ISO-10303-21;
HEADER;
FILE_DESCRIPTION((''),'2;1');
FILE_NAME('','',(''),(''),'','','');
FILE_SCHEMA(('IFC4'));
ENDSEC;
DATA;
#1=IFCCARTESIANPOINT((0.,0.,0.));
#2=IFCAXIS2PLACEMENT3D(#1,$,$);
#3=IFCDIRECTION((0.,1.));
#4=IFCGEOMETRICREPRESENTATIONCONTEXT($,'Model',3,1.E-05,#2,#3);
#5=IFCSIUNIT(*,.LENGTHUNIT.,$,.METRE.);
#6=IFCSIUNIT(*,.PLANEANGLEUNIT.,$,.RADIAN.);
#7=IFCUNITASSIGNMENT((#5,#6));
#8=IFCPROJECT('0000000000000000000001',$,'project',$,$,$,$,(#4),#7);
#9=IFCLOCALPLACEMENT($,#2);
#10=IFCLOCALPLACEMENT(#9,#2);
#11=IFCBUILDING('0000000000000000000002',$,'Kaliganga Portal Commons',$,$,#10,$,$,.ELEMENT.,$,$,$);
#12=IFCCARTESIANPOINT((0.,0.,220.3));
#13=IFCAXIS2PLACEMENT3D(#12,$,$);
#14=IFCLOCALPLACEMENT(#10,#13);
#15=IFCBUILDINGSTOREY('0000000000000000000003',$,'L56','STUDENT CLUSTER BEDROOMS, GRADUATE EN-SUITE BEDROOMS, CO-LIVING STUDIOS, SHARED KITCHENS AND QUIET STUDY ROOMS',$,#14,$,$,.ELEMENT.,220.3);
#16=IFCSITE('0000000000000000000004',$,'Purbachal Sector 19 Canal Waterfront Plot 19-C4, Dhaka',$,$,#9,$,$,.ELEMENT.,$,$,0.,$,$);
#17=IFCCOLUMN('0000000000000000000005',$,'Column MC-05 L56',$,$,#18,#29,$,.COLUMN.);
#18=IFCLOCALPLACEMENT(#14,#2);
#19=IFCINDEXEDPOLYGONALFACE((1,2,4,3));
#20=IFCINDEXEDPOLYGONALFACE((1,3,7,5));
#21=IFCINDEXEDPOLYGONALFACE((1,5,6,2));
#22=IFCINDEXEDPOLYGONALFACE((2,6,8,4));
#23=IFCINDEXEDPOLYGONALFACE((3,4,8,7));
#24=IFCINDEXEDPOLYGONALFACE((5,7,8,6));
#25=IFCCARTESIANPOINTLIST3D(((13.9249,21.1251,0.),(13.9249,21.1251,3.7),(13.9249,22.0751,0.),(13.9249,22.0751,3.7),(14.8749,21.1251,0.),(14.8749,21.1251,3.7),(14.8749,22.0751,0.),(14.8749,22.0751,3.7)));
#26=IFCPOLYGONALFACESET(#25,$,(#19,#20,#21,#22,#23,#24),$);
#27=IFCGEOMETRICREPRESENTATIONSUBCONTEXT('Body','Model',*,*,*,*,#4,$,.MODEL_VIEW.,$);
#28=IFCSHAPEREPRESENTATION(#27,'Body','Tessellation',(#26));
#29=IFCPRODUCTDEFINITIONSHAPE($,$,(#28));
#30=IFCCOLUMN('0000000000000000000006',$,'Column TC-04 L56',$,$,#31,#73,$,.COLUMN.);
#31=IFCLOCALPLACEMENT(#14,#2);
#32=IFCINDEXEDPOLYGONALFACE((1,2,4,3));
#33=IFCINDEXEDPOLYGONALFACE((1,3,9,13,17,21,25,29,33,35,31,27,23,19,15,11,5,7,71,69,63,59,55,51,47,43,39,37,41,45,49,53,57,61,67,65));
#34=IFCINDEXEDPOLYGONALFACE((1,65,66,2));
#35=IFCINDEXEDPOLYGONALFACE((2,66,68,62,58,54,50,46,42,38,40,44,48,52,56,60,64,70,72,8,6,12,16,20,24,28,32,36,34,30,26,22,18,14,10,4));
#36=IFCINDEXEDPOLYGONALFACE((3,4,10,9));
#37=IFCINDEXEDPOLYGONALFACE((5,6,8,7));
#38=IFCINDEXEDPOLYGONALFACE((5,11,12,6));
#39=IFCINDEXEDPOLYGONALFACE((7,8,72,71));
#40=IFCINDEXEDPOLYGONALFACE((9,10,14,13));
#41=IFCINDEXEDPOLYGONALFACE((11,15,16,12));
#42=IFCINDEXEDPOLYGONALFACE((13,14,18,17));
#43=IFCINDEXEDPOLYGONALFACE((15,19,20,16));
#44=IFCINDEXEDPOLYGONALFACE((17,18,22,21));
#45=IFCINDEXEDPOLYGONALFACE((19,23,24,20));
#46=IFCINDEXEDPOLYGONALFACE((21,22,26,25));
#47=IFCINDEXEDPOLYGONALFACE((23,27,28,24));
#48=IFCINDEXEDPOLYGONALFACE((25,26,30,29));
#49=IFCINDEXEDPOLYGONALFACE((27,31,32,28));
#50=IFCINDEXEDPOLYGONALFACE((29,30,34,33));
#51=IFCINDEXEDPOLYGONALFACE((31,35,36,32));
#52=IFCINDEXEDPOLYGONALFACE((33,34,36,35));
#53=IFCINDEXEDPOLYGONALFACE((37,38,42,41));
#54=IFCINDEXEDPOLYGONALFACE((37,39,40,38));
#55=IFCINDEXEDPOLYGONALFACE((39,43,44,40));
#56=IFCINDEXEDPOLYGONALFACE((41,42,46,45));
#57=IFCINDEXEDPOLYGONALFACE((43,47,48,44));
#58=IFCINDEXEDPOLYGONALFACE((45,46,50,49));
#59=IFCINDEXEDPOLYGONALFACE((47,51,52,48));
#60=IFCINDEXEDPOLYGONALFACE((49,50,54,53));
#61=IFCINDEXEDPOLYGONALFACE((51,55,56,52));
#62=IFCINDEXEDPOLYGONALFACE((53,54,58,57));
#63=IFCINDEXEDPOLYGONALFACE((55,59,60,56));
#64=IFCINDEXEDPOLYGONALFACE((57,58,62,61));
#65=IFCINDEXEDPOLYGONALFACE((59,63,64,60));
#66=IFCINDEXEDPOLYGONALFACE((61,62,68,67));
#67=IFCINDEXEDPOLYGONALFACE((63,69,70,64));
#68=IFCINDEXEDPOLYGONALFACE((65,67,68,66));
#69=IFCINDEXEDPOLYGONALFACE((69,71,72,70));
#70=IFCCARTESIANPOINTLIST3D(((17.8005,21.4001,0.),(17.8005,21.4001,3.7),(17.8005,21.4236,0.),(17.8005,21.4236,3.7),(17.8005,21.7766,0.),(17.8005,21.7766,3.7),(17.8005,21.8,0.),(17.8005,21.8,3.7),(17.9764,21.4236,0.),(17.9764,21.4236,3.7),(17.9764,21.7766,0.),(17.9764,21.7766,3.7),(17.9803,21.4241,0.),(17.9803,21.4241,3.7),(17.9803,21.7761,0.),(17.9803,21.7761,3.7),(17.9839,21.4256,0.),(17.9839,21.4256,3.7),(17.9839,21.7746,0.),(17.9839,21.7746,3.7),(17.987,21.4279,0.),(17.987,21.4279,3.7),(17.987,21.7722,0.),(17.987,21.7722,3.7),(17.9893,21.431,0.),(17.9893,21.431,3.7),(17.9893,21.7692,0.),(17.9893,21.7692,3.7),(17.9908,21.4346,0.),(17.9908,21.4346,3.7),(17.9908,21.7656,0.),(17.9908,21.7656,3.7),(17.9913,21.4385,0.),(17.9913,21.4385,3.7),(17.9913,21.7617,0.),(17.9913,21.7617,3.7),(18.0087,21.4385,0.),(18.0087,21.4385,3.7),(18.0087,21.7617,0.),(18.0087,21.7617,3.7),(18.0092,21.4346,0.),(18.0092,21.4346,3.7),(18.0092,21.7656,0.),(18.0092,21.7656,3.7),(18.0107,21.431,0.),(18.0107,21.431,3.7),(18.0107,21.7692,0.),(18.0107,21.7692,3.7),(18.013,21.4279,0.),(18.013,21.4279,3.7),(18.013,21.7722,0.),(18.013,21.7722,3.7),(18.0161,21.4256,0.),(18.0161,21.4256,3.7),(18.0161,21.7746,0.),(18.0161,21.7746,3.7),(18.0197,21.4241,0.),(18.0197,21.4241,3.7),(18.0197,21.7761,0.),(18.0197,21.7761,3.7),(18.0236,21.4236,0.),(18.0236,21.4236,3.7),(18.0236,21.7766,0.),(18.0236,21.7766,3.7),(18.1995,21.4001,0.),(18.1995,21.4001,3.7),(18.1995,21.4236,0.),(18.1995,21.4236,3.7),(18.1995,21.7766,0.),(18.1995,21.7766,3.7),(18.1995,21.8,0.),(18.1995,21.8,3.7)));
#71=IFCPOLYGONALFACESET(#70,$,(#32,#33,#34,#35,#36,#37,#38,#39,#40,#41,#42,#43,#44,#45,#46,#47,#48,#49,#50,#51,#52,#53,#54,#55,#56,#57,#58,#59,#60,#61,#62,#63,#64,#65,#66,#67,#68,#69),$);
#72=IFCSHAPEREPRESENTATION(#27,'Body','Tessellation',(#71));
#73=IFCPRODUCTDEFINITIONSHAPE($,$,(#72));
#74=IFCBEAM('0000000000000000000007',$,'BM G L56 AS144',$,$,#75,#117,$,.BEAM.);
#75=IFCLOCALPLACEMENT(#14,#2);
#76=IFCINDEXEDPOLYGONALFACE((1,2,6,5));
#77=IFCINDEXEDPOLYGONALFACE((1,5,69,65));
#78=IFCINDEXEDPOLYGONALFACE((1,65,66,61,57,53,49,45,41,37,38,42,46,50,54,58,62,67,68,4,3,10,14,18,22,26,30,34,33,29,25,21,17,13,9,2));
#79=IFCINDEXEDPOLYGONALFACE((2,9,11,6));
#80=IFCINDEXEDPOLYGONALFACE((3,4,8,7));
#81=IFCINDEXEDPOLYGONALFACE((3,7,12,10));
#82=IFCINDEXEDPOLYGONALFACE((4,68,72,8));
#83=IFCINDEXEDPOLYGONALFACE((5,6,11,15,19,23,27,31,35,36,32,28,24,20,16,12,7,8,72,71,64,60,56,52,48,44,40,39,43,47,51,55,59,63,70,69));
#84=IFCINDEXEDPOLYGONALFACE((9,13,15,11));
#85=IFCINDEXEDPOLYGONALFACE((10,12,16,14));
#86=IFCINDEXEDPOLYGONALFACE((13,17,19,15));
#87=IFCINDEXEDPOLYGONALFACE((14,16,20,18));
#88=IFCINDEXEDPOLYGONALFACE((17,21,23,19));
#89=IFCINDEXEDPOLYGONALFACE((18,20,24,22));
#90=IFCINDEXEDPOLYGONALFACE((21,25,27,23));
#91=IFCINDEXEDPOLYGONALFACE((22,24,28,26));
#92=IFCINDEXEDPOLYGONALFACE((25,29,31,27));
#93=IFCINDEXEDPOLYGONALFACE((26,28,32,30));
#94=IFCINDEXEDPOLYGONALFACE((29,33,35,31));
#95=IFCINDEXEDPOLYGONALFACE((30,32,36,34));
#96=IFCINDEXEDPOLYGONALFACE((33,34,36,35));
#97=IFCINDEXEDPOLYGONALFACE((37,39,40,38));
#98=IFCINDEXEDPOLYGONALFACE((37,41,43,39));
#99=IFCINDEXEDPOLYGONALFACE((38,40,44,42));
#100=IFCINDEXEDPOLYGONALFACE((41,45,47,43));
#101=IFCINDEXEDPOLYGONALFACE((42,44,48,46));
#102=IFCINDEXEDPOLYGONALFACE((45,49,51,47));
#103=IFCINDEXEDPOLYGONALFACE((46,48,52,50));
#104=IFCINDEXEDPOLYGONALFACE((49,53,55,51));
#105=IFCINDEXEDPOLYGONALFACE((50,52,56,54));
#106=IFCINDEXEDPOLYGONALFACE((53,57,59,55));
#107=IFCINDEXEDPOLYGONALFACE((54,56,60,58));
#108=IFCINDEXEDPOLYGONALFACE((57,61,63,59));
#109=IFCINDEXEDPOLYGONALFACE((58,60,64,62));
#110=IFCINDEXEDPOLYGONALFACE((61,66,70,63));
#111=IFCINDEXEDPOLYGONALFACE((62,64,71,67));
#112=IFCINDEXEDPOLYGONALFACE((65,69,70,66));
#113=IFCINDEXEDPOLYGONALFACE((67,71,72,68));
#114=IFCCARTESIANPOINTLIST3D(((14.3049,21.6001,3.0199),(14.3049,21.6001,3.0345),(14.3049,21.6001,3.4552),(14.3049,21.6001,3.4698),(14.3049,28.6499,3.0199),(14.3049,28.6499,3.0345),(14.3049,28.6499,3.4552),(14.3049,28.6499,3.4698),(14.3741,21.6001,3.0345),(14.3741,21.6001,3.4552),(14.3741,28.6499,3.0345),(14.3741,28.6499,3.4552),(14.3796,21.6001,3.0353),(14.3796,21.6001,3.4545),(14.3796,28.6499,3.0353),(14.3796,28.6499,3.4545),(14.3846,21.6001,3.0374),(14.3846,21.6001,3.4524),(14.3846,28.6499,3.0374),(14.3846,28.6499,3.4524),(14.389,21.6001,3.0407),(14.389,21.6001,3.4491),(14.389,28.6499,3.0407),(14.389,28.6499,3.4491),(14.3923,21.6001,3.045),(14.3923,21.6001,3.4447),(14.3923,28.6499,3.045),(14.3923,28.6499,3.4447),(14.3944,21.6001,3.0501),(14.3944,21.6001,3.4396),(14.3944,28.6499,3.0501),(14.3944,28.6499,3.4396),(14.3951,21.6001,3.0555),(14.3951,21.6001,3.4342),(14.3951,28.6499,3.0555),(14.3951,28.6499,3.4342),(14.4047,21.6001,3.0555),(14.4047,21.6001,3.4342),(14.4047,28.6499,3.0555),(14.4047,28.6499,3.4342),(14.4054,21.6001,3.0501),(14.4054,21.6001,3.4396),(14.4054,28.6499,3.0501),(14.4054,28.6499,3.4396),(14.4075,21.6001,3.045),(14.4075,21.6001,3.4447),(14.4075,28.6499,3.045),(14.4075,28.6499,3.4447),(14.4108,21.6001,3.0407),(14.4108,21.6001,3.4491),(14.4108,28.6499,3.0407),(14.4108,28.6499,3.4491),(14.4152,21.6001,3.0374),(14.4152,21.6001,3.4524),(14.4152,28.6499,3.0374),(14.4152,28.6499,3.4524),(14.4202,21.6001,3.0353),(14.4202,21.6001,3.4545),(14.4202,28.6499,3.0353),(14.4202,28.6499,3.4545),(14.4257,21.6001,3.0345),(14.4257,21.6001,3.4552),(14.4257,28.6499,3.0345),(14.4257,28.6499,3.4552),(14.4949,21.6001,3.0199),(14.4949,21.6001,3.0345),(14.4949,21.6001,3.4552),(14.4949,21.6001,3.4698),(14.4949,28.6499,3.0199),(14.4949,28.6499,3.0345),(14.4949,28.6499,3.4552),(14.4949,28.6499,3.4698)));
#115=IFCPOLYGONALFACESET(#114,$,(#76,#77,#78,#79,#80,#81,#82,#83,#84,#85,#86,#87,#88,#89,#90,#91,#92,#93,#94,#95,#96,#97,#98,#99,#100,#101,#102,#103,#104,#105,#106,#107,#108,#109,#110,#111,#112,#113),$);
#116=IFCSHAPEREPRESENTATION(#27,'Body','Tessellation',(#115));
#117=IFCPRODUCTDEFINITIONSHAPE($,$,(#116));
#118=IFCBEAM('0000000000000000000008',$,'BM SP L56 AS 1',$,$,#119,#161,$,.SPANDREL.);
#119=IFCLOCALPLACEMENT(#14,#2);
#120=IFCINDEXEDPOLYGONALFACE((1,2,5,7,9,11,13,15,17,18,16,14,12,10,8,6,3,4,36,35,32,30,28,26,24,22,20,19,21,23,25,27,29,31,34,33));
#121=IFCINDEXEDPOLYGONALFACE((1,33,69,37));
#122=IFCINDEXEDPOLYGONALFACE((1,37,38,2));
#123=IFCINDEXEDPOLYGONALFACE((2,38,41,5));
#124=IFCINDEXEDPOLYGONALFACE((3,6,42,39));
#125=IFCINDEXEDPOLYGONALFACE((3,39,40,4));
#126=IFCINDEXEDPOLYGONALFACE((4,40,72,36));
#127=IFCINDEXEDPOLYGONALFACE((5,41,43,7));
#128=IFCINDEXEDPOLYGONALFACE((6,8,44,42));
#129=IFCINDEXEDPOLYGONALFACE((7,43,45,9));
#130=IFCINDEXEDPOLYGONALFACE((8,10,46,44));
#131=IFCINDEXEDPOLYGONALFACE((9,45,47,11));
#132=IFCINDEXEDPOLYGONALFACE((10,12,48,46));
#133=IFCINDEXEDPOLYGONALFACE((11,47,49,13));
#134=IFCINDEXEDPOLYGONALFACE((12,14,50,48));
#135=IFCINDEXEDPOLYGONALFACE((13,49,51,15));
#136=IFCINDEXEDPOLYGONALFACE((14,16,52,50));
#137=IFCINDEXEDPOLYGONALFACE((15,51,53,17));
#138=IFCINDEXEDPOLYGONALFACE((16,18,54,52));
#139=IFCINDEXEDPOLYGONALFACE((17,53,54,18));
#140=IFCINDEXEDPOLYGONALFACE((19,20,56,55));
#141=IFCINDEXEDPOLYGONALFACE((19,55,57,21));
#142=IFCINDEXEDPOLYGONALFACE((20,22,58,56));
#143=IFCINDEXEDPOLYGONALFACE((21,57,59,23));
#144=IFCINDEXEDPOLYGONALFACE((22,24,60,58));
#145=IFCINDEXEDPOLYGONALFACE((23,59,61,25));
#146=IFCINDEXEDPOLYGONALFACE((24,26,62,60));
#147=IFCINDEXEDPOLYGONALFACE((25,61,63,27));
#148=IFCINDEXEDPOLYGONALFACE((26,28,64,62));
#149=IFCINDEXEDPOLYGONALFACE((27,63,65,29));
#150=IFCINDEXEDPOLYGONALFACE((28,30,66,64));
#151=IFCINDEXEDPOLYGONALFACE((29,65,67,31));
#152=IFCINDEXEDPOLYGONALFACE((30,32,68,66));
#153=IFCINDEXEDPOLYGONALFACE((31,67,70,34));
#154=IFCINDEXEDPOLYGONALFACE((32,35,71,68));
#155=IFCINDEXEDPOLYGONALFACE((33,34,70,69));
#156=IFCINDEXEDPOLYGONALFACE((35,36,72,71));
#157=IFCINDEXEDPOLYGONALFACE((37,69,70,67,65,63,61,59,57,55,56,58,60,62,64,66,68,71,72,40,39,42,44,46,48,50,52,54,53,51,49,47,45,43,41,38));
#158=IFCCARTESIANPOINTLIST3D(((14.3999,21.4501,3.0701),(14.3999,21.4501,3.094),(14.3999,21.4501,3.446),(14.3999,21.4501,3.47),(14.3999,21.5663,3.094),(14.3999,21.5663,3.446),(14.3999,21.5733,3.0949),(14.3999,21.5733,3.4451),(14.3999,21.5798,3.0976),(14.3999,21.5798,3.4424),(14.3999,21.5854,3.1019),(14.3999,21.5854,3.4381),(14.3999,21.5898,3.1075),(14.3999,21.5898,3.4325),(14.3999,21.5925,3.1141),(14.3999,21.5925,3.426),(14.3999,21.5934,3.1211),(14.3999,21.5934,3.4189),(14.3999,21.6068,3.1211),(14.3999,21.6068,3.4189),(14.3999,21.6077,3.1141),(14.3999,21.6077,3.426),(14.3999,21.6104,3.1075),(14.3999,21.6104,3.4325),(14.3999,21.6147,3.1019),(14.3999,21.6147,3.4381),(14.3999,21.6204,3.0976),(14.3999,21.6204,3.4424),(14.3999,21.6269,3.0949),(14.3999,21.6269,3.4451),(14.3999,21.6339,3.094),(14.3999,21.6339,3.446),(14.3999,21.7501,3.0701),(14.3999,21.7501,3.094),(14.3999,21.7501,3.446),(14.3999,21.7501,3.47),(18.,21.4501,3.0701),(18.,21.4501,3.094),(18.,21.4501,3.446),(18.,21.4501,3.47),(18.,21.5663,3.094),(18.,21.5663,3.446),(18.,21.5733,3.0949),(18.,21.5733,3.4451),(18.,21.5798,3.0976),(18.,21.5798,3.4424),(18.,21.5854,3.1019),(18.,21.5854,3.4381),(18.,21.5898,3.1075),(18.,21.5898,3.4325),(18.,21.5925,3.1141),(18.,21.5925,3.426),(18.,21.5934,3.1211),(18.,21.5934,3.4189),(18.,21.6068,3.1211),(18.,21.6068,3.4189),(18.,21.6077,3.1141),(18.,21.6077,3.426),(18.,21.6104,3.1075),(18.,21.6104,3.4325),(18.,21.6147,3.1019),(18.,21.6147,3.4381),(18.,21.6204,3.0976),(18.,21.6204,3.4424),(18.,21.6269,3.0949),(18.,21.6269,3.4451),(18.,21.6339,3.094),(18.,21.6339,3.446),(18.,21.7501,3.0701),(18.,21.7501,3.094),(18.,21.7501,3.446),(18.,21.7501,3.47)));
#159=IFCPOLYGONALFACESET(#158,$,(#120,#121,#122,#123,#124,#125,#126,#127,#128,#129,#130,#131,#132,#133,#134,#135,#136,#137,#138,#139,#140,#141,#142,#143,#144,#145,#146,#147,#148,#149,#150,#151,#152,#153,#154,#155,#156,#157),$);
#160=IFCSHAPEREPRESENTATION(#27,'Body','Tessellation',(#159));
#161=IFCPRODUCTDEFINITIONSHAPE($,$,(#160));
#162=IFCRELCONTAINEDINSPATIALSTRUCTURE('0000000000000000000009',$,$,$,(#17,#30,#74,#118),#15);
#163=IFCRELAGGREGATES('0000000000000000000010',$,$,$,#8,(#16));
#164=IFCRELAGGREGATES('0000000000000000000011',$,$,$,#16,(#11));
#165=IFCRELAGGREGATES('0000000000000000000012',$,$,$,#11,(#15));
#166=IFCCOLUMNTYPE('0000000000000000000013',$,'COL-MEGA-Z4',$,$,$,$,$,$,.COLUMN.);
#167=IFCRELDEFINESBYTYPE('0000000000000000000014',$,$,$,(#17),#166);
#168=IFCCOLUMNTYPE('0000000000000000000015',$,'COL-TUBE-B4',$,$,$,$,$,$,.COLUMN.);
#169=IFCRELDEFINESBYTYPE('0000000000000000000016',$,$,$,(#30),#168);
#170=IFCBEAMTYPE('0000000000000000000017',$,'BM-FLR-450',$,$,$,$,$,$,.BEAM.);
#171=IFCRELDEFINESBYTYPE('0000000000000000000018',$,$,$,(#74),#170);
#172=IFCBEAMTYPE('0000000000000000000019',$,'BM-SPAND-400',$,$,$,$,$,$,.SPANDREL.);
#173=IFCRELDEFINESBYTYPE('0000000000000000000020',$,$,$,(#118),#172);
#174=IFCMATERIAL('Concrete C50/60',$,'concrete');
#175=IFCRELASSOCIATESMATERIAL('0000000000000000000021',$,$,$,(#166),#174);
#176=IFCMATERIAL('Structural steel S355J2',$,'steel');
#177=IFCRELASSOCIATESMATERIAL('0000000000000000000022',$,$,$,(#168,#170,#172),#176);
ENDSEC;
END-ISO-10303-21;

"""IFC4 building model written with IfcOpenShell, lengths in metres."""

from ifc_helpers import new_model, si_unit, direction, frame, origin, origin_2d, place, context, subcontext, project, spatial, rectangle, i_section, extrude, source, transform, mapped, material, material_profile, profile_set, type_object, element, save


model = new_model("IFC4")

# Units and contexts
model_context = context("Model", 3, precision=1e-05, world=origin(), true_north=direction((0.0, 1.0)))
body_context = subcontext(model_context, "Body", "Model", "MODEL_VIEW")
ifc_project = project(units=[si_unit("LENGTHUNIT", "METRE"), si_unit("PLANEANGLEUNIT", "RADIAN")], contexts=[model_context])

# Site, building, storey
site_placement = place(None, origin())
site = spatial("IfcSite", under=ifc_project, at=site_placement, Name="Purbachal Sector 19 Canal Waterfront Plot 19-C4, Dhaka", CompositionType="ELEMENT", RefElevation=0.0)
building_placement = place(site_placement, origin())
building = spatial("IfcBuilding", under=site, at=building_placement, Name="Kaliganga Portal Commons", CompositionType="ELEMENT")
storey_placement = place(building_placement, frame((0.0, 0.0, 220.3)))
storey = spatial("IfcBuildingStorey", under=building, at=storey_placement, Name="L56", Description="STUDENT CLUSTER BEDROOMS, GRADUATE EN-SUITE BEDROOMS, CO-LIVING STUDIOS, SHARED KITCHENS AND QUIET STUDY ROOMS", CompositionType="ELEMENT", Elevation=220.3)

# Columns
ifc_material_1 = material(Name="Concrete C50/60", Category="concrete")
ifc_material_profile_1 = material_profile(ifc_material_1, rectangle(XDim=0.95, YDim=0.95, at=origin_2d()), Name="RC 950x950")
ifc_profile_set_1 = profile_set([ifc_material_profile_1], Name="Concrete C50/60")
column_type_1 = type_object("IfcColumnType", Name="COL-MEGA-Z4", PredefinedType="COLUMN", material=ifc_profile_set_1)
shared_shape_1 = source(origin(), body_context, "Body", "SweptSolid", [
    extrude(rectangle(XDim=0.95, YDim=0.95, at=origin_2d()), origin(), (0.0, 0.0, 1.0), 3.7),
])
column_1_placement = place(storey_placement, frame((14.3999, 21.6001, 0.0), z_axis=(0.0, 0.0, 1.0), x_axis=(1.0, 0.0, 0.0)))
element("IfcColumn", 1, at=column_1_placement, inside=storey, type_object=column_type_1, Name="Column MC-05 L56", PredefinedType="COLUMN", context=body_context, shape_type="MappedRepresentation", body=[
    mapped(shared_shape_1, transform((0.0, 0.0, 0.0), x_axis=(1.0, 0.0, 0.0), y_axis=(0.0, 1.0, 0.0), z_axis=(0.0, 0.0, 1.0), scale=1.0)),
])
ifc_material_2 = material(Name="Structural steel S355J2", Category="steel")
ifc_material_profile_2 = material_profile(ifc_material_2, i_section(OverallWidth=0.3989, OverallDepth=0.3999, WebThickness=0.0173, FlangeThickness=0.0234, FilletRadius=0.0149, at=origin_2d()), Name="HD 400x287")
ifc_profile_set_2 = profile_set([ifc_material_profile_2], Name="Structural steel S355J2 wide-flange")
column_type_2 = type_object("IfcColumnType", Name="COL-TUBE-B4", PredefinedType="COLUMN", material=ifc_profile_set_2)
shared_shape_2 = source(origin(), body_context, "Body", "SweptSolid", [
    extrude(i_section(OverallWidth=0.3989, OverallDepth=0.3999, WebThickness=0.0173, FlangeThickness=0.0234, FilletRadius=0.0149, at=origin_2d()), origin(), (0.0, 0.0, 1.0), 3.7),
])
column_2_placement = place(storey_placement, frame((18.0, 21.6001, 0.0), z_axis=(0.0, 0.0, 1.0), x_axis=(1.0, 0.0, 0.0)))
element("IfcColumn", 2, at=column_2_placement, inside=storey, type_object=column_type_2, Name="Column TC-04 L56", PredefinedType="COLUMN", context=body_context, shape_type="MappedRepresentation", body=[
    mapped(shared_shape_2, transform((0.0, 0.0, 0.0), x_axis=(1.0, 0.0, 0.0), y_axis=(0.0, 1.0, 0.0), z_axis=(0.0, 0.0, 1.0), scale=1.0)),
])

# Beams
ifc_material_profile_3 = material_profile(ifc_material_2, i_section(OverallWidth=0.1899, OverallDepth=0.45, WebThickness=0.0095, FlangeThickness=0.0146, FilletRadius=0.021, at=origin_2d()), Name="IPE 450")
ifc_profile_set_3 = profile_set([ifc_material_profile_3], Name="Structural steel S355J2 wide-flange")
beam_type_1 = type_object("IfcBeamType", Name="BM-FLR-450", PredefinedType="BEAM", material=ifc_profile_set_3)
shared_shape_3 = source(origin(), body_context, "Body", "SweptSolid", [
    extrude(i_section(OverallWidth=0.1899, OverallDepth=0.45, WebThickness=0.0095, FlangeThickness=0.0146, FilletRadius=0.021, at=origin_2d()), origin(), (0.0, 0.0, 1.0), 7.0498),
])
beam_1_placement = place(storey_placement, frame((14.3999, 21.6001, 3.2449), z_axis=(0.0, 1.0, 0.0), x_axis=(-1.0, 0.0, 0.0)))
element("IfcBeam", 3, at=beam_1_placement, inside=storey, type_object=beam_type_1, Name="BM G L56 AS144", PredefinedType="BEAM", context=body_context, shape_type="MappedRepresentation", body=[
    mapped(shared_shape_3, transform((0.0, 0.0, 0.0), x_axis=(1.0, 0.0, 0.0), y_axis=(0.0, 1.0, 0.0), z_axis=(0.0, 0.0, 1.0), scale=1.0)),
])
ifc_material_profile_4 = material_profile(ifc_material_2, i_section(OverallWidth=0.3, OverallDepth=0.3999, WebThickness=0.0134, FlangeThickness=0.0239, FilletRadius=0.0271, at=origin_2d()), Name="HE 400 B")
ifc_profile_set_4 = profile_set([ifc_material_profile_4], Name="Structural steel S355J2 wide-flange")
beam_type_2 = type_object("IfcBeamType", Name="BM-SPAND-400", PredefinedType="SPANDREL", material=ifc_profile_set_4)
shared_shape_4 = source(origin(), body_context, "Body", "SweptSolid", [
    extrude(i_section(OverallWidth=0.3, OverallDepth=0.3999, WebThickness=0.0134, FlangeThickness=0.0239, FilletRadius=0.0271, at=origin_2d()), origin(), (0.0, 0.0, 1.0), 3.6001),
])
for number, where, z_axis, x_axis, name in (
    (4, (14.3999, 21.6001, 3.27), (1.0, 0.0, 0.0), (0.0, 1.0, 0.0), "BM SP L56 AS 1"),
):
    element("IfcBeam", number, at=place(storey_placement, frame(where, z_axis=z_axis, x_axis=x_axis)), inside=storey, type_object=beam_type_2, Name=name, PredefinedType="SPANDREL", context=body_context, shape_type="MappedRepresentation", body=[
        mapped(shared_shape_4, transform((0.0, 0.0, 0.0), x_axis=(1.0, 0.0, 0.0), y_axis=(0.0, 1.0, 0.0), z_axis=(0.0, 0.0, 1.0), scale=1.0)),
    ])

save(model, "model.ifc")
